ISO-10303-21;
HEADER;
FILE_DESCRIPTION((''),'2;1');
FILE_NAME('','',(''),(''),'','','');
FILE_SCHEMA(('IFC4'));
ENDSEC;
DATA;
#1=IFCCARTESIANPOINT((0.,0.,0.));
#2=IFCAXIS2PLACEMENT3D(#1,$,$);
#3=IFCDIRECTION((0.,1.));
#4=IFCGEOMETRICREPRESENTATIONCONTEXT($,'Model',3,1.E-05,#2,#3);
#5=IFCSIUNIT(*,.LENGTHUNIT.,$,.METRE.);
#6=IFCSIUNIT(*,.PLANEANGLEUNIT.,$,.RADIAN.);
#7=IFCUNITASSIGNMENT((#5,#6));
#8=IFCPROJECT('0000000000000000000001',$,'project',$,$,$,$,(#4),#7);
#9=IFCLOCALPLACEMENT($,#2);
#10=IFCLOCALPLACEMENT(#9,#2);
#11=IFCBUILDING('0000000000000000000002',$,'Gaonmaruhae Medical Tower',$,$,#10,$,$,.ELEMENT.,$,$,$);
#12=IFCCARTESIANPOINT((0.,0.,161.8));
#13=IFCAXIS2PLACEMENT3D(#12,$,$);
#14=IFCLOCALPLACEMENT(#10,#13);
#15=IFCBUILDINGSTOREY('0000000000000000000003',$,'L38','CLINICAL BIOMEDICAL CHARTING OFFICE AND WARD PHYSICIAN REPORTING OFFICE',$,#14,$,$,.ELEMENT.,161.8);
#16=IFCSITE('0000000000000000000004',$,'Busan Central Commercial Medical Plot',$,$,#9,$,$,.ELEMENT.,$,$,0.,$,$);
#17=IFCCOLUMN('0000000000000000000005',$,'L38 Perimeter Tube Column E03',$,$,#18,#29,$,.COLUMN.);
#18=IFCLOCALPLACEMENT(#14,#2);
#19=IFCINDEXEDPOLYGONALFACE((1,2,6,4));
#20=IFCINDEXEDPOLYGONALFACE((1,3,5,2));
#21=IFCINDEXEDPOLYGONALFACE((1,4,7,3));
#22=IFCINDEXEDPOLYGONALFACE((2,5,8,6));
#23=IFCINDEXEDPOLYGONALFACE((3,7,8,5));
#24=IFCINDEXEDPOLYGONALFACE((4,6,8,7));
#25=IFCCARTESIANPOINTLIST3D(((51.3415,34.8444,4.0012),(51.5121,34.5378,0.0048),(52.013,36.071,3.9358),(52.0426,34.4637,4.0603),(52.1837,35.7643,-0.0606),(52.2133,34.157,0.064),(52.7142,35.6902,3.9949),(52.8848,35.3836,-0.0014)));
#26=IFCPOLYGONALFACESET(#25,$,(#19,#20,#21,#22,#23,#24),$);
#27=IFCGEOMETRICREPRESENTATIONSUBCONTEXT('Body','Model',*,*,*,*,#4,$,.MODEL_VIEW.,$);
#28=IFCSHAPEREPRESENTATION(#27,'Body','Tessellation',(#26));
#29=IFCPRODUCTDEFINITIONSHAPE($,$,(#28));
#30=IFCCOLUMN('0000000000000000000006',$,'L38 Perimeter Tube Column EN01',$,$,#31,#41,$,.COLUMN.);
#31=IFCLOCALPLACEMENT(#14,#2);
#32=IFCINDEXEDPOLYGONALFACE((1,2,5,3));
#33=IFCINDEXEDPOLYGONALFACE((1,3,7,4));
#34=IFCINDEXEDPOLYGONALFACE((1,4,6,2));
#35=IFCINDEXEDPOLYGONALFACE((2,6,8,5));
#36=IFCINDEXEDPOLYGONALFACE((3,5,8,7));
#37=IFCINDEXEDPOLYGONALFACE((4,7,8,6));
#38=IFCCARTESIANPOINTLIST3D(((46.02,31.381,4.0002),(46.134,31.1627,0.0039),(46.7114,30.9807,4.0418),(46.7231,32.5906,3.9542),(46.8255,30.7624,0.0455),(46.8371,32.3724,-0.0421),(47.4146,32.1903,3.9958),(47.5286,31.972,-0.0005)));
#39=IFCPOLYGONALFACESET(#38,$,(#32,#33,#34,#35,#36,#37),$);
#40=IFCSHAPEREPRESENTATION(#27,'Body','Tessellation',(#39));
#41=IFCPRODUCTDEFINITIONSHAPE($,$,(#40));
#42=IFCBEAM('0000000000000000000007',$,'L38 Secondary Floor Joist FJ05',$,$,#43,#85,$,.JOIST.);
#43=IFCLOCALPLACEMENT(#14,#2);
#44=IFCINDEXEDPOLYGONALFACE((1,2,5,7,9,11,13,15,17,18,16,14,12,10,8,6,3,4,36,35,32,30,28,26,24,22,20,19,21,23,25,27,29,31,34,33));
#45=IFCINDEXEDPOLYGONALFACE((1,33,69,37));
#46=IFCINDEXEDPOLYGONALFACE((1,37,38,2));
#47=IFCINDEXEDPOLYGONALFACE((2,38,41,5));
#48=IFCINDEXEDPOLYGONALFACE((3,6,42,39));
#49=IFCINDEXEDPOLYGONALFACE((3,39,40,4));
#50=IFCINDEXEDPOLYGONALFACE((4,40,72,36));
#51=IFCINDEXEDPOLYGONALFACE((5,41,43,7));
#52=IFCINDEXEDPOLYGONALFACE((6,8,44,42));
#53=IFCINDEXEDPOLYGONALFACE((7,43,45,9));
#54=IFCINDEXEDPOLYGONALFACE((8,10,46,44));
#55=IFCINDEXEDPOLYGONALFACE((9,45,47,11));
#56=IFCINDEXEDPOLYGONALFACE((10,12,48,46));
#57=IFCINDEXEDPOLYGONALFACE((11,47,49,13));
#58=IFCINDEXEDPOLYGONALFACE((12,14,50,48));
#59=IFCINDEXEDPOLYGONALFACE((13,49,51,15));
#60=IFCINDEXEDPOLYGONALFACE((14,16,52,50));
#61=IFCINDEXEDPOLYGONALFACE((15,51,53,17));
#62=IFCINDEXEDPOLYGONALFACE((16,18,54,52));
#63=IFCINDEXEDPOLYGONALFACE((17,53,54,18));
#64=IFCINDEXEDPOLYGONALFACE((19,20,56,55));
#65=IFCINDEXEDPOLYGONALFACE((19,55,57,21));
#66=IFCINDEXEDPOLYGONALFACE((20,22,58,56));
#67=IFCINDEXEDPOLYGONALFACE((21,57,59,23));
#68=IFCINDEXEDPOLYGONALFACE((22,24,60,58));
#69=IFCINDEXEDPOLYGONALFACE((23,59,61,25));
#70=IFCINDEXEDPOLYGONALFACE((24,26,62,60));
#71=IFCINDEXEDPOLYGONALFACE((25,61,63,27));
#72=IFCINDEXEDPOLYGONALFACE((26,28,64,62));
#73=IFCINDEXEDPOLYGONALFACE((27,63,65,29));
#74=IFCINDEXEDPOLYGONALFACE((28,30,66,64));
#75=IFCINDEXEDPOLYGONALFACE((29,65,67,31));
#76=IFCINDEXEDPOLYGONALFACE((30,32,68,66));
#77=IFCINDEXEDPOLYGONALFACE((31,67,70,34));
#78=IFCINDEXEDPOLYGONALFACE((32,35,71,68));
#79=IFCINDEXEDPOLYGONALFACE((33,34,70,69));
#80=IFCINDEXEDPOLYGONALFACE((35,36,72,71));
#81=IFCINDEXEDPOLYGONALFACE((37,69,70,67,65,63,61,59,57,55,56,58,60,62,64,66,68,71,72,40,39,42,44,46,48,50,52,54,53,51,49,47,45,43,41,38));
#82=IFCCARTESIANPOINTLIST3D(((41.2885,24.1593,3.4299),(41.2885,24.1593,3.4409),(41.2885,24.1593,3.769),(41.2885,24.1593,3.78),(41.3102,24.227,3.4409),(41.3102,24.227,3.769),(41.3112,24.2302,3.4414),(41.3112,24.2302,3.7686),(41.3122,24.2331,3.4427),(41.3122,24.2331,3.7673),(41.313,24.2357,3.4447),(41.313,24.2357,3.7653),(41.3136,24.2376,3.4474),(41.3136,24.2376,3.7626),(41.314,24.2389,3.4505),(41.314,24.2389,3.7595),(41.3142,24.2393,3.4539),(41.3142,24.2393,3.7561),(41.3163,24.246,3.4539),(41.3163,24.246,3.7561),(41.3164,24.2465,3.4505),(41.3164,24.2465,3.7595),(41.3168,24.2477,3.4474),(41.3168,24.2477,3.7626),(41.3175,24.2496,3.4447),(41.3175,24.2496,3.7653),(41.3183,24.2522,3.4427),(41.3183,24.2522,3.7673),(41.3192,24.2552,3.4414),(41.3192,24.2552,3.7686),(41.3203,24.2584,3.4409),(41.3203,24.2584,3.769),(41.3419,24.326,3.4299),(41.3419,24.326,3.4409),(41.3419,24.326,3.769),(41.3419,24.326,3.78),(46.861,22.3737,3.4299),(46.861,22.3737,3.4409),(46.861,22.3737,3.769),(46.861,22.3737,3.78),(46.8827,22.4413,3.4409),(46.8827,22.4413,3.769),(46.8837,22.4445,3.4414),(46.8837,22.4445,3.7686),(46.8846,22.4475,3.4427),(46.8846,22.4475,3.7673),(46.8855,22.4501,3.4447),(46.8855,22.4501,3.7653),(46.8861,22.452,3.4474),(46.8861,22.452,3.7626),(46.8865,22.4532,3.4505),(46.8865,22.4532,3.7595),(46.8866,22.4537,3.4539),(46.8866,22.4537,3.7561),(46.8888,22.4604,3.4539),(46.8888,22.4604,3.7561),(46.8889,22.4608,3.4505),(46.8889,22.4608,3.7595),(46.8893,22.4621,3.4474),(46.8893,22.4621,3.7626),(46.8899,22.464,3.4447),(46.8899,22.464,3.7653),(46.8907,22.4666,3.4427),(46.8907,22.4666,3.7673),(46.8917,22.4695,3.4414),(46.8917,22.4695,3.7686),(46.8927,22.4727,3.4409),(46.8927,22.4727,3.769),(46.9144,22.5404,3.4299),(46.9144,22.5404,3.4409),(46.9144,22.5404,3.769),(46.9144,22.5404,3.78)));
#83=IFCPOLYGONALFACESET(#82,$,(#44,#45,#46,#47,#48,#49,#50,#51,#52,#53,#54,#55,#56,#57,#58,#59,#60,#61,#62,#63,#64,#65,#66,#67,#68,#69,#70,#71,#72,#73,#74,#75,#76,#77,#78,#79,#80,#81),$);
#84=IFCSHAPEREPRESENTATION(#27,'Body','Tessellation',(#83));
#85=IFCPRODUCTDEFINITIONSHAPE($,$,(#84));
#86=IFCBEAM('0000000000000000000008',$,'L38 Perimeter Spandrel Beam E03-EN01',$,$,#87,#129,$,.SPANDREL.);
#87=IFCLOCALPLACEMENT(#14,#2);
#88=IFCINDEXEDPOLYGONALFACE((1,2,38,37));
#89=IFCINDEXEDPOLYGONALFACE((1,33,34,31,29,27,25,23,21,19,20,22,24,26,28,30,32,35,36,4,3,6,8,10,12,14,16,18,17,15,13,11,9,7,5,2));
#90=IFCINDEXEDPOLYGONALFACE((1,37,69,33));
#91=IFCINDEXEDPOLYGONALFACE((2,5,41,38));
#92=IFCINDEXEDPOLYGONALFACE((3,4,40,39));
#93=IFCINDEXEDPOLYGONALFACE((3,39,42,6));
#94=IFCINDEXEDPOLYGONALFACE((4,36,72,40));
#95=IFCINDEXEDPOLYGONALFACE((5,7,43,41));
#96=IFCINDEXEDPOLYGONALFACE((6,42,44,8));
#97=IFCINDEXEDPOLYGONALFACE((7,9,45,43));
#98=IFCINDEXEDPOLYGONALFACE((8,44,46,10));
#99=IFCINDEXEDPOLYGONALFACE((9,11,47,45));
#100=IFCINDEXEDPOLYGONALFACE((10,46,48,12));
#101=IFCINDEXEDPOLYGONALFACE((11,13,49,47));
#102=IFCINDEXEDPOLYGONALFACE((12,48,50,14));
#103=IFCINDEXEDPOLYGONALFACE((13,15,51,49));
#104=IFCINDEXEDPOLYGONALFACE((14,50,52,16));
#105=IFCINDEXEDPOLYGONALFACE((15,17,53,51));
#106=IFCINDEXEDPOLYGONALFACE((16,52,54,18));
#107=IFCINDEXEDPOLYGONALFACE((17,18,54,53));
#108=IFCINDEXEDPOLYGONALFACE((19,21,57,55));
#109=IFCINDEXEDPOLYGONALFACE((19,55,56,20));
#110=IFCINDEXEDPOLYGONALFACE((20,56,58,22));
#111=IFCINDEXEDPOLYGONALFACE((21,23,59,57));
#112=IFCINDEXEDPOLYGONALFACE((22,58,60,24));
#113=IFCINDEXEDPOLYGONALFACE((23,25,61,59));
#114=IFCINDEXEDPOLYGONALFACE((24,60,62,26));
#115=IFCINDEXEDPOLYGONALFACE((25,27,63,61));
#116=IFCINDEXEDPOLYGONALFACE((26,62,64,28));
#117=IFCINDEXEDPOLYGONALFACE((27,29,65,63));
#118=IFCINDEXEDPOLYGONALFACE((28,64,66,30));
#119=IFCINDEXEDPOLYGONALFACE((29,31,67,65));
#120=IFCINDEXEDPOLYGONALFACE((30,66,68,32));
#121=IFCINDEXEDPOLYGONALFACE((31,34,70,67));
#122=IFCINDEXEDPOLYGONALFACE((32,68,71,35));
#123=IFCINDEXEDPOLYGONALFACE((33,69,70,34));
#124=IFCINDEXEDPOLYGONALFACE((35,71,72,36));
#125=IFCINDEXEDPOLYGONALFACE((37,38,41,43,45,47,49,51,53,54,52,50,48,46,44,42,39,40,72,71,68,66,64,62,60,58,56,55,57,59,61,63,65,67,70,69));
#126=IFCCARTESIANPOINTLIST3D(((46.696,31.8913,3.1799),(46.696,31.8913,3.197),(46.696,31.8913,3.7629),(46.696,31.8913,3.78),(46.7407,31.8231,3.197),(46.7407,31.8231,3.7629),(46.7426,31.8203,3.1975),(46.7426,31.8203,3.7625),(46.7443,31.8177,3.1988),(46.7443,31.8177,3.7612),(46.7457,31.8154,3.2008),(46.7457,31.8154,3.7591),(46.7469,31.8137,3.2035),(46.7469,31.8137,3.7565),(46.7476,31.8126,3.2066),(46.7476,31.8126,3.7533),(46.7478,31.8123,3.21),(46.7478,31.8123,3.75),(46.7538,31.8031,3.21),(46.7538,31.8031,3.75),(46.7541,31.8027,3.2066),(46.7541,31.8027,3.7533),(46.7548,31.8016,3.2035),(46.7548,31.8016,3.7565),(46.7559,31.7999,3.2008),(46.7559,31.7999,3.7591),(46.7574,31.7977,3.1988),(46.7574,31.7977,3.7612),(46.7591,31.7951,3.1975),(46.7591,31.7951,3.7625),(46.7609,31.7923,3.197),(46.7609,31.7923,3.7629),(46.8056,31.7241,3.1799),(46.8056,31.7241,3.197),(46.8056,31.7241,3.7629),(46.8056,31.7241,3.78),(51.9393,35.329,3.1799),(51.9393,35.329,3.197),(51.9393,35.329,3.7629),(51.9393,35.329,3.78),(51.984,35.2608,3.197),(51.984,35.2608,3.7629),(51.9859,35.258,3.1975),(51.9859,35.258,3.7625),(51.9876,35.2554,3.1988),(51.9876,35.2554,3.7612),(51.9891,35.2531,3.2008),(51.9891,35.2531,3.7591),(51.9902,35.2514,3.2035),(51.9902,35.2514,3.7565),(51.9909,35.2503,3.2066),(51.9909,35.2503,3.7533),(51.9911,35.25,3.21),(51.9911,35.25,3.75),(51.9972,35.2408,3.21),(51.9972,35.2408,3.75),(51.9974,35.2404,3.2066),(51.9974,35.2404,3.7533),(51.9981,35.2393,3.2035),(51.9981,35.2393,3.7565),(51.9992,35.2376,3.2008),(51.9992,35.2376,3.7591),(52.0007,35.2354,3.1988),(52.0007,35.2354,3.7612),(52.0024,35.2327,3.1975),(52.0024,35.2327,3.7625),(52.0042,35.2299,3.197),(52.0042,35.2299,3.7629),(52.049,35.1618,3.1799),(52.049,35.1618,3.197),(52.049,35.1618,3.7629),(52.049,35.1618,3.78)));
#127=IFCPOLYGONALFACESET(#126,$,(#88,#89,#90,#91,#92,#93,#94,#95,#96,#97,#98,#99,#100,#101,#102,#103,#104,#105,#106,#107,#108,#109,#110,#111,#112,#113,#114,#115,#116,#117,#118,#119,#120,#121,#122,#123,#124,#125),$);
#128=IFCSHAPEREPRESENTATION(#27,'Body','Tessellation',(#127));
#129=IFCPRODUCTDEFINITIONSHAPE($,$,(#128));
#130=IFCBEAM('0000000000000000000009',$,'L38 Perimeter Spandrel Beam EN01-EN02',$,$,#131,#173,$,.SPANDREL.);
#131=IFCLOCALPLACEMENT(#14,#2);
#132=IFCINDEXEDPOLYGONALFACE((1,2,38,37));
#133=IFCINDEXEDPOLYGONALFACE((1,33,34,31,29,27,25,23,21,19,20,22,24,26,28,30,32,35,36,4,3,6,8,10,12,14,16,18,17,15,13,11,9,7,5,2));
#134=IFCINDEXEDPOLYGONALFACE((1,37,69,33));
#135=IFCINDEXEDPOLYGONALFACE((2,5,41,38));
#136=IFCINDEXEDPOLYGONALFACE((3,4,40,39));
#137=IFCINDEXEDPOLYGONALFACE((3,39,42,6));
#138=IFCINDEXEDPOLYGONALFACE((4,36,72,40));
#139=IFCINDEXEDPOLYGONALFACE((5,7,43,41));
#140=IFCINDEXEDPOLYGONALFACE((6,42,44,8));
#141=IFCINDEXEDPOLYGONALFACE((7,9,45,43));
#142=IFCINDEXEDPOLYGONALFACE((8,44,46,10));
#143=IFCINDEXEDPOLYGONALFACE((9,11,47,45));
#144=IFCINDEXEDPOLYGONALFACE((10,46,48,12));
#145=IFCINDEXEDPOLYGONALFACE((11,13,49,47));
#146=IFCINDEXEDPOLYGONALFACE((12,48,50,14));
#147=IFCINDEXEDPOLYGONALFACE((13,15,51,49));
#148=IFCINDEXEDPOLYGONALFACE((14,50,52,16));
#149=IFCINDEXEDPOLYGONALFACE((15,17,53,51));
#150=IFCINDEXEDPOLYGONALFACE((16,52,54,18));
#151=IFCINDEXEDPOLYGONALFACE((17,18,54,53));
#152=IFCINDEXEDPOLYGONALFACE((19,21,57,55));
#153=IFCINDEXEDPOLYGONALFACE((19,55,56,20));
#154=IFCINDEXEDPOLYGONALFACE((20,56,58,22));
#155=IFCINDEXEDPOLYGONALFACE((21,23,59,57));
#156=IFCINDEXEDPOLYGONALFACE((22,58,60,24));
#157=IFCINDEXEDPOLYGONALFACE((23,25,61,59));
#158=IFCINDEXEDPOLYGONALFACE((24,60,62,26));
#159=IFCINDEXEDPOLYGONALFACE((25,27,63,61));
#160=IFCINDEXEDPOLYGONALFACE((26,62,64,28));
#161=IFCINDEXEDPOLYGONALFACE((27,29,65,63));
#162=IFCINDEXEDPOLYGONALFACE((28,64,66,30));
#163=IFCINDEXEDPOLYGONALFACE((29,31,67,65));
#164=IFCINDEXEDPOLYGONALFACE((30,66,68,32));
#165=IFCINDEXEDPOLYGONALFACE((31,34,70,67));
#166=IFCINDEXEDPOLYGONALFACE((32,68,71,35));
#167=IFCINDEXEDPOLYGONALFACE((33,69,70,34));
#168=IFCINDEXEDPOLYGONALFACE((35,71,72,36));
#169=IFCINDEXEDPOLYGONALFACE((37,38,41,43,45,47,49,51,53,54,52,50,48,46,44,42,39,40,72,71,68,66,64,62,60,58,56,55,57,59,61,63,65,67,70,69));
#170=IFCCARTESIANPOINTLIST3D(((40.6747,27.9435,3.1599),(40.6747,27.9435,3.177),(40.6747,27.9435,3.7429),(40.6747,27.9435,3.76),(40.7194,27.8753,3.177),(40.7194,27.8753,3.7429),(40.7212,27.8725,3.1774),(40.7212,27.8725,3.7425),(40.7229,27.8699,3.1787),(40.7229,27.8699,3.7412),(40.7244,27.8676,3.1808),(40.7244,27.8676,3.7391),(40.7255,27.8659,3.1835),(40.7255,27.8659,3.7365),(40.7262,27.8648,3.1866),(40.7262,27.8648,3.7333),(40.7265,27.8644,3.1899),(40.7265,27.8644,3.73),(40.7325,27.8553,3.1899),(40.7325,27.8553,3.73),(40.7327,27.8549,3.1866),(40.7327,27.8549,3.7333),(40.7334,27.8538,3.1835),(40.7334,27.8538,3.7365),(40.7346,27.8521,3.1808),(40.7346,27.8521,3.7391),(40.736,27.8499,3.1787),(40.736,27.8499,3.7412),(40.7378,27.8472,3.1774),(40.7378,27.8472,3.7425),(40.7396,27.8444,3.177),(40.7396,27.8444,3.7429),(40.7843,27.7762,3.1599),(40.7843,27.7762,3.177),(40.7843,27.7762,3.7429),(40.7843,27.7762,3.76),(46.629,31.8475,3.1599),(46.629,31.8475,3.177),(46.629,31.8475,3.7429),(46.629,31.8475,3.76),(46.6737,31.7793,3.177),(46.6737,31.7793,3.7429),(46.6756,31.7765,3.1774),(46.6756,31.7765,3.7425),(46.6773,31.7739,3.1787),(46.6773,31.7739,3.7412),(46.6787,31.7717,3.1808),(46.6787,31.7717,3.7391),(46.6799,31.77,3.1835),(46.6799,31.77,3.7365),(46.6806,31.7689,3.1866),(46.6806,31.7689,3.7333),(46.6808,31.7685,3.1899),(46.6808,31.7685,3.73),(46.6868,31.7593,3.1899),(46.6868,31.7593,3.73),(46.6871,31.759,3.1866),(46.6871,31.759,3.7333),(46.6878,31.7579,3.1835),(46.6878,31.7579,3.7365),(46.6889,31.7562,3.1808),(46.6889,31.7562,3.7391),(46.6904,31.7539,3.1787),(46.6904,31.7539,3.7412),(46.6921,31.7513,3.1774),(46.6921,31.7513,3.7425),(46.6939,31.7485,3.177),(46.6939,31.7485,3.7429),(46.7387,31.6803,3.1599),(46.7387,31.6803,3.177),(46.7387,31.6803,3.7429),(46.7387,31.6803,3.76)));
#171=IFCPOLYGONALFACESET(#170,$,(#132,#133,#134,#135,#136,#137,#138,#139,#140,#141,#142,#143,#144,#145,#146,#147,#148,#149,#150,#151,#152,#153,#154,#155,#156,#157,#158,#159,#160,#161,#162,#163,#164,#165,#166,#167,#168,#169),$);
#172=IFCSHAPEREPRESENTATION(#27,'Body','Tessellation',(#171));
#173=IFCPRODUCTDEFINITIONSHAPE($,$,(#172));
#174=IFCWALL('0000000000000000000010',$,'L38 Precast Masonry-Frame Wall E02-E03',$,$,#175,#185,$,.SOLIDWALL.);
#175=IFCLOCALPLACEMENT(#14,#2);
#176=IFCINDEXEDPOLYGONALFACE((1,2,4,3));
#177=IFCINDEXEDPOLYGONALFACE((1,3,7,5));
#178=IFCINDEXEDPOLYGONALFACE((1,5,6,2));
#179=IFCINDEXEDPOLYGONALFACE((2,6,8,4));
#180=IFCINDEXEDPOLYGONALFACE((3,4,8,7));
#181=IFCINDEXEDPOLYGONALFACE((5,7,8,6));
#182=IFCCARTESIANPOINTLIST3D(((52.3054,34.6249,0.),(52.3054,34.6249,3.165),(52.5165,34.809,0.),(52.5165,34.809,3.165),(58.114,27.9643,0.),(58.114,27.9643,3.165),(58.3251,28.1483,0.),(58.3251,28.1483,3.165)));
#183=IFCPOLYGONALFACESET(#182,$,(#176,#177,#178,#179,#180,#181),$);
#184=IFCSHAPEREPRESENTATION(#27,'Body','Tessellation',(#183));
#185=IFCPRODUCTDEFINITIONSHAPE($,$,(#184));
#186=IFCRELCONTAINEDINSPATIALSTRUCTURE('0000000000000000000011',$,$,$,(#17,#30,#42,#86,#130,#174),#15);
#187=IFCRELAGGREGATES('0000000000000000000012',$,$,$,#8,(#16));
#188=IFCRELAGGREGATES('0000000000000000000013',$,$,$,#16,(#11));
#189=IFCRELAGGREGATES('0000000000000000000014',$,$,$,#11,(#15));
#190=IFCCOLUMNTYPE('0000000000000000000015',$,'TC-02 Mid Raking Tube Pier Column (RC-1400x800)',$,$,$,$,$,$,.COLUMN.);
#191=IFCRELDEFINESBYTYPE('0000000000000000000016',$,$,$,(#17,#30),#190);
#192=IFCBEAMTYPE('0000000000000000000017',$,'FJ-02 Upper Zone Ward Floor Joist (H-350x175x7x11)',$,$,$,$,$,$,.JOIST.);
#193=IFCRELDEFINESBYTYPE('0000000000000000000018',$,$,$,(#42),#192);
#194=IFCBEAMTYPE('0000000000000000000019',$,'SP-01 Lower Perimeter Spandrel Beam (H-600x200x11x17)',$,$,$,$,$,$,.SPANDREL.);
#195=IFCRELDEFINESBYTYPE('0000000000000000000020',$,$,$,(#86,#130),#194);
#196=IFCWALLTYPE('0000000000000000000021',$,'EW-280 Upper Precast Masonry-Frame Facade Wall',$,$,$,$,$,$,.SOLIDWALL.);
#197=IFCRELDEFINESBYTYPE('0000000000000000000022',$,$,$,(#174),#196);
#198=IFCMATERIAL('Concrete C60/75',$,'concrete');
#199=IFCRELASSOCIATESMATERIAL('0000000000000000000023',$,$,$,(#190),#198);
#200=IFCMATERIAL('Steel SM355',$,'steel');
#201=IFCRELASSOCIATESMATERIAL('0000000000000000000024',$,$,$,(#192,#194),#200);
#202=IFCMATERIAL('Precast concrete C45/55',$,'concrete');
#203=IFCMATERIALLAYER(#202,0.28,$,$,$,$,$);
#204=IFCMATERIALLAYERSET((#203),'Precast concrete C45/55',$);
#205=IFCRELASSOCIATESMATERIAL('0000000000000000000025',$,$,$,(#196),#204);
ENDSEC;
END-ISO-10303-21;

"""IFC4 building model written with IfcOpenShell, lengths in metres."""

from ifc_helpers import new_model, si_unit, direction, frame, frame_2d, origin, origin_2d, place, context, subcontext, project, spatial, rectangle, i_section, extrude, material, layer, layer_set, material_profile, profile_set, type_object, element, save


model = new_model("IFC4")

# Units and contexts
model_context = context("Model", 3, precision=1e-05, world=origin(), true_north=direction((0.0, 1.0)))
body_context = subcontext(model_context, "Body", "Model", "MODEL_VIEW")
ifc_project = project(units=[si_unit("LENGTHUNIT", "METRE"), si_unit("PLANEANGLEUNIT", "RADIAN")], contexts=[model_context])

# Site, building, storey
site_placement = place(None, origin())
site = spatial("IfcSite", under=ifc_project, at=site_placement, Name="Busan Central Commercial Medical Plot", CompositionType="ELEMENT", RefElevation=0.0)
building_placement = place(site_placement, origin())
building = spatial("IfcBuilding", under=site, at=building_placement, Name="Gaonmaruhae Medical Tower", CompositionType="ELEMENT")
storey_placement = place(building_placement, frame((0.0, 0.0, 161.8)))
storey = spatial("IfcBuildingStorey", under=building, at=storey_placement, Name="L38", Description="CLINICAL BIOMEDICAL CHARTING OFFICE AND WARD PHYSICIAN REPORTING OFFICE", CompositionType="ELEMENT", Elevation=161.8)

# Columns
ifc_material_1 = material(Name="Concrete C60/75", Category="concrete")
ifc_material_profile_1 = material_profile(ifc_material_1, rectangle(XDim=1.3999, YDim=0.8, at=origin_2d()), Name="RC-1400x800")
ifc_profile_set_1 = profile_set([ifc_material_profile_1], Name="Concrete C60/75")
column_type = type_object("IfcColumnType", Name="TC-02 Mid Raking Tube Pier Column (RC-1400x800)", PredefinedType="COLUMN", material=ifc_profile_set_1)
column_1_placement = place(storey_placement, frame((52.1985, 34.9607, 0.0017), z_axis=(-0.042539, 0.076436, 0.996167), x_axis=(-0.479731, -0.87617, 0.046743)))
element("IfcColumn", 1, at=column_1_placement, inside=storey, type_object=column_type, Name="L38 Perimeter Tube Column E03", PredefinedType="COLUMN", context=body_context, shape_type="SweptSolid", body=[
    extrude(rectangle(XDim=1.3999, YDim=0.8, at=origin_2d()), origin(), (0.0, 0.0, 1.0), 4.0117),
])
column_2_placement = place(storey_placement, frame((46.8313, 31.5674, 0.0017), z_axis=(-0.028476, 0.054512, 0.998107), x_axis=(-0.502262, -0.864091, 0.032863)))
element("IfcColumn", 2, at=column_2_placement, inside=storey, type_object=column_type, Name="L38 Perimeter Tube Column EN01", PredefinedType="COLUMN", context=body_context, shape_type="SweptSolid", body=[
    extrude(rectangle(XDim=1.3999, YDim=0.8, at=origin_2d()), origin(), (0.0, 0.0, 1.0), 4.0039),
])

# Beams
ifc_material_2 = material(Name="Steel SM355", Category="steel")
ifc_material_profile_2 = material_profile(ifc_material_2, i_section(OverallWidth=0.175, OverallDepth=0.3501, WebThickness=0.0071, FlangeThickness=0.011, FilletRadius=0.0129, at=origin_2d()), Name="H-350x175x7x11")
ifc_profile_set_2 = profile_set([ifc_material_profile_2], Name="Steel SM355")
beam_type_1 = type_object("IfcBeamType", Name="FJ-02 Upper Zone Ward Floor Joist (H-350x175x7x11)", PredefinedType="JOIST", material=ifc_profile_set_2)
beam_1_placement = place(storey_placement, frame((46.8877, 22.457, 3.605), z_axis=(-0.952303, 0.305154, 0.0), x_axis=(-0.305154, -0.952303, 0.0)))
element("IfcBeam", 3, at=beam_1_placement, inside=storey, type_object=beam_type_1, Name="L38 Secondary Floor Joist FJ05", PredefinedType="JOIST", context=body_context, shape_type="SweptSolid", body=[
    extrude(i_section(OverallWidth=0.175, OverallDepth=0.3501, WebThickness=0.0071, FlangeThickness=0.011, FilletRadius=0.0129, at=origin_2d()), origin(), (0.0, 0.0, 1.0), 5.8516),
])
ifc_material_profile_3 = material_profile(ifc_material_2, i_section(OverallWidth=0.2, OverallDepth=0.6001, WebThickness=0.011, FlangeThickness=0.0171, FilletRadius=0.0129, at=origin_2d()), Name="H-600x200x11x17")
ifc_profile_set_3 = profile_set([ifc_material_profile_3], Name="Steel SM355")
beam_type_2 = type_object("IfcBeamType", Name="SP-01 Lower Perimeter Spandrel Beam (H-600x200x11x17)", PredefinedType="SPANDREL", material=ifc_profile_set_3)
beam_2_placement = place(storey_placement, frame((51.9941, 35.2454, 3.48), z_axis=(-0.836285, -0.548295, 0.0), x_axis=(0.548295, -0.836285, 0.0)))
element("IfcBeam", 4, at=beam_2_placement, inside=storey, type_object=beam_type_2, Name="L38 Perimeter Spandrel Beam E03-EN01", PredefinedType="SPANDREL", context=body_context, shape_type="SweptSolid", body=[
    extrude(i_section(OverallWidth=0.2, OverallDepth=0.6001, WebThickness=0.011, FlangeThickness=0.0171, FilletRadius=0.0129, at=origin_2d()), origin(), (0.0, 0.0, 1.0), 6.2698),
])
beam_3_placement = place(storey_placement, frame((46.6838, 31.7639, 3.46), z_axis=(-0.836272, -0.548314, 0.0), x_axis=(0.548314, -0.836272, 0.0)))
element("IfcBeam", 5, at=beam_3_placement, inside=storey, type_object=beam_type_2, Name="L38 Perimeter Spandrel Beam EN01-EN02", PredefinedType="SPANDREL", context=body_context, shape_type="SweptSolid", body=[
    extrude(i_section(OverallWidth=0.2, OverallDepth=0.6001, WebThickness=0.011, FlangeThickness=0.0171, FilletRadius=0.0129, at=origin_2d()), origin(), (0.0, 0.0, 1.0), 7.1201),
])

# Wall
ifc_material_3 = material(Name="Precast concrete C45/55", Category="concrete")
ifc_layer_1 = layer(ifc_material_3, 0.28)
ifc_layer_set_1 = layer_set([ifc_layer_1], Name="Precast concrete C45/55")
wall_type_1 = type_object("IfcWallType", Name="EW-280 Upper Precast Masonry-Frame Facade Wall", PredefinedType="SOLIDWALL", material=ifc_layer_set_1)
wall_1_placement = place(storey_placement, frame((52.4109, 34.717, 0.0), z_axis=(0.0, 0.0, 1.0), x_axis=(0.657256, -0.753667, 0.0)))
element("IfcWall", 6, at=wall_1_placement, inside=storey, type_object=wall_type_1, Name="L38 Precast Masonry-Frame Wall E02-E03", PredefinedType="SOLIDWALL", context=body_context, shape_type="SweptSolid", body=[
    extrude(rectangle(XDim=8.8376, YDim=0.28, at=frame_2d((4.4189, 0.0))), origin(), (0.0, 0.0, 1.0), 3.165),
])

save(model, "model.ifc")
